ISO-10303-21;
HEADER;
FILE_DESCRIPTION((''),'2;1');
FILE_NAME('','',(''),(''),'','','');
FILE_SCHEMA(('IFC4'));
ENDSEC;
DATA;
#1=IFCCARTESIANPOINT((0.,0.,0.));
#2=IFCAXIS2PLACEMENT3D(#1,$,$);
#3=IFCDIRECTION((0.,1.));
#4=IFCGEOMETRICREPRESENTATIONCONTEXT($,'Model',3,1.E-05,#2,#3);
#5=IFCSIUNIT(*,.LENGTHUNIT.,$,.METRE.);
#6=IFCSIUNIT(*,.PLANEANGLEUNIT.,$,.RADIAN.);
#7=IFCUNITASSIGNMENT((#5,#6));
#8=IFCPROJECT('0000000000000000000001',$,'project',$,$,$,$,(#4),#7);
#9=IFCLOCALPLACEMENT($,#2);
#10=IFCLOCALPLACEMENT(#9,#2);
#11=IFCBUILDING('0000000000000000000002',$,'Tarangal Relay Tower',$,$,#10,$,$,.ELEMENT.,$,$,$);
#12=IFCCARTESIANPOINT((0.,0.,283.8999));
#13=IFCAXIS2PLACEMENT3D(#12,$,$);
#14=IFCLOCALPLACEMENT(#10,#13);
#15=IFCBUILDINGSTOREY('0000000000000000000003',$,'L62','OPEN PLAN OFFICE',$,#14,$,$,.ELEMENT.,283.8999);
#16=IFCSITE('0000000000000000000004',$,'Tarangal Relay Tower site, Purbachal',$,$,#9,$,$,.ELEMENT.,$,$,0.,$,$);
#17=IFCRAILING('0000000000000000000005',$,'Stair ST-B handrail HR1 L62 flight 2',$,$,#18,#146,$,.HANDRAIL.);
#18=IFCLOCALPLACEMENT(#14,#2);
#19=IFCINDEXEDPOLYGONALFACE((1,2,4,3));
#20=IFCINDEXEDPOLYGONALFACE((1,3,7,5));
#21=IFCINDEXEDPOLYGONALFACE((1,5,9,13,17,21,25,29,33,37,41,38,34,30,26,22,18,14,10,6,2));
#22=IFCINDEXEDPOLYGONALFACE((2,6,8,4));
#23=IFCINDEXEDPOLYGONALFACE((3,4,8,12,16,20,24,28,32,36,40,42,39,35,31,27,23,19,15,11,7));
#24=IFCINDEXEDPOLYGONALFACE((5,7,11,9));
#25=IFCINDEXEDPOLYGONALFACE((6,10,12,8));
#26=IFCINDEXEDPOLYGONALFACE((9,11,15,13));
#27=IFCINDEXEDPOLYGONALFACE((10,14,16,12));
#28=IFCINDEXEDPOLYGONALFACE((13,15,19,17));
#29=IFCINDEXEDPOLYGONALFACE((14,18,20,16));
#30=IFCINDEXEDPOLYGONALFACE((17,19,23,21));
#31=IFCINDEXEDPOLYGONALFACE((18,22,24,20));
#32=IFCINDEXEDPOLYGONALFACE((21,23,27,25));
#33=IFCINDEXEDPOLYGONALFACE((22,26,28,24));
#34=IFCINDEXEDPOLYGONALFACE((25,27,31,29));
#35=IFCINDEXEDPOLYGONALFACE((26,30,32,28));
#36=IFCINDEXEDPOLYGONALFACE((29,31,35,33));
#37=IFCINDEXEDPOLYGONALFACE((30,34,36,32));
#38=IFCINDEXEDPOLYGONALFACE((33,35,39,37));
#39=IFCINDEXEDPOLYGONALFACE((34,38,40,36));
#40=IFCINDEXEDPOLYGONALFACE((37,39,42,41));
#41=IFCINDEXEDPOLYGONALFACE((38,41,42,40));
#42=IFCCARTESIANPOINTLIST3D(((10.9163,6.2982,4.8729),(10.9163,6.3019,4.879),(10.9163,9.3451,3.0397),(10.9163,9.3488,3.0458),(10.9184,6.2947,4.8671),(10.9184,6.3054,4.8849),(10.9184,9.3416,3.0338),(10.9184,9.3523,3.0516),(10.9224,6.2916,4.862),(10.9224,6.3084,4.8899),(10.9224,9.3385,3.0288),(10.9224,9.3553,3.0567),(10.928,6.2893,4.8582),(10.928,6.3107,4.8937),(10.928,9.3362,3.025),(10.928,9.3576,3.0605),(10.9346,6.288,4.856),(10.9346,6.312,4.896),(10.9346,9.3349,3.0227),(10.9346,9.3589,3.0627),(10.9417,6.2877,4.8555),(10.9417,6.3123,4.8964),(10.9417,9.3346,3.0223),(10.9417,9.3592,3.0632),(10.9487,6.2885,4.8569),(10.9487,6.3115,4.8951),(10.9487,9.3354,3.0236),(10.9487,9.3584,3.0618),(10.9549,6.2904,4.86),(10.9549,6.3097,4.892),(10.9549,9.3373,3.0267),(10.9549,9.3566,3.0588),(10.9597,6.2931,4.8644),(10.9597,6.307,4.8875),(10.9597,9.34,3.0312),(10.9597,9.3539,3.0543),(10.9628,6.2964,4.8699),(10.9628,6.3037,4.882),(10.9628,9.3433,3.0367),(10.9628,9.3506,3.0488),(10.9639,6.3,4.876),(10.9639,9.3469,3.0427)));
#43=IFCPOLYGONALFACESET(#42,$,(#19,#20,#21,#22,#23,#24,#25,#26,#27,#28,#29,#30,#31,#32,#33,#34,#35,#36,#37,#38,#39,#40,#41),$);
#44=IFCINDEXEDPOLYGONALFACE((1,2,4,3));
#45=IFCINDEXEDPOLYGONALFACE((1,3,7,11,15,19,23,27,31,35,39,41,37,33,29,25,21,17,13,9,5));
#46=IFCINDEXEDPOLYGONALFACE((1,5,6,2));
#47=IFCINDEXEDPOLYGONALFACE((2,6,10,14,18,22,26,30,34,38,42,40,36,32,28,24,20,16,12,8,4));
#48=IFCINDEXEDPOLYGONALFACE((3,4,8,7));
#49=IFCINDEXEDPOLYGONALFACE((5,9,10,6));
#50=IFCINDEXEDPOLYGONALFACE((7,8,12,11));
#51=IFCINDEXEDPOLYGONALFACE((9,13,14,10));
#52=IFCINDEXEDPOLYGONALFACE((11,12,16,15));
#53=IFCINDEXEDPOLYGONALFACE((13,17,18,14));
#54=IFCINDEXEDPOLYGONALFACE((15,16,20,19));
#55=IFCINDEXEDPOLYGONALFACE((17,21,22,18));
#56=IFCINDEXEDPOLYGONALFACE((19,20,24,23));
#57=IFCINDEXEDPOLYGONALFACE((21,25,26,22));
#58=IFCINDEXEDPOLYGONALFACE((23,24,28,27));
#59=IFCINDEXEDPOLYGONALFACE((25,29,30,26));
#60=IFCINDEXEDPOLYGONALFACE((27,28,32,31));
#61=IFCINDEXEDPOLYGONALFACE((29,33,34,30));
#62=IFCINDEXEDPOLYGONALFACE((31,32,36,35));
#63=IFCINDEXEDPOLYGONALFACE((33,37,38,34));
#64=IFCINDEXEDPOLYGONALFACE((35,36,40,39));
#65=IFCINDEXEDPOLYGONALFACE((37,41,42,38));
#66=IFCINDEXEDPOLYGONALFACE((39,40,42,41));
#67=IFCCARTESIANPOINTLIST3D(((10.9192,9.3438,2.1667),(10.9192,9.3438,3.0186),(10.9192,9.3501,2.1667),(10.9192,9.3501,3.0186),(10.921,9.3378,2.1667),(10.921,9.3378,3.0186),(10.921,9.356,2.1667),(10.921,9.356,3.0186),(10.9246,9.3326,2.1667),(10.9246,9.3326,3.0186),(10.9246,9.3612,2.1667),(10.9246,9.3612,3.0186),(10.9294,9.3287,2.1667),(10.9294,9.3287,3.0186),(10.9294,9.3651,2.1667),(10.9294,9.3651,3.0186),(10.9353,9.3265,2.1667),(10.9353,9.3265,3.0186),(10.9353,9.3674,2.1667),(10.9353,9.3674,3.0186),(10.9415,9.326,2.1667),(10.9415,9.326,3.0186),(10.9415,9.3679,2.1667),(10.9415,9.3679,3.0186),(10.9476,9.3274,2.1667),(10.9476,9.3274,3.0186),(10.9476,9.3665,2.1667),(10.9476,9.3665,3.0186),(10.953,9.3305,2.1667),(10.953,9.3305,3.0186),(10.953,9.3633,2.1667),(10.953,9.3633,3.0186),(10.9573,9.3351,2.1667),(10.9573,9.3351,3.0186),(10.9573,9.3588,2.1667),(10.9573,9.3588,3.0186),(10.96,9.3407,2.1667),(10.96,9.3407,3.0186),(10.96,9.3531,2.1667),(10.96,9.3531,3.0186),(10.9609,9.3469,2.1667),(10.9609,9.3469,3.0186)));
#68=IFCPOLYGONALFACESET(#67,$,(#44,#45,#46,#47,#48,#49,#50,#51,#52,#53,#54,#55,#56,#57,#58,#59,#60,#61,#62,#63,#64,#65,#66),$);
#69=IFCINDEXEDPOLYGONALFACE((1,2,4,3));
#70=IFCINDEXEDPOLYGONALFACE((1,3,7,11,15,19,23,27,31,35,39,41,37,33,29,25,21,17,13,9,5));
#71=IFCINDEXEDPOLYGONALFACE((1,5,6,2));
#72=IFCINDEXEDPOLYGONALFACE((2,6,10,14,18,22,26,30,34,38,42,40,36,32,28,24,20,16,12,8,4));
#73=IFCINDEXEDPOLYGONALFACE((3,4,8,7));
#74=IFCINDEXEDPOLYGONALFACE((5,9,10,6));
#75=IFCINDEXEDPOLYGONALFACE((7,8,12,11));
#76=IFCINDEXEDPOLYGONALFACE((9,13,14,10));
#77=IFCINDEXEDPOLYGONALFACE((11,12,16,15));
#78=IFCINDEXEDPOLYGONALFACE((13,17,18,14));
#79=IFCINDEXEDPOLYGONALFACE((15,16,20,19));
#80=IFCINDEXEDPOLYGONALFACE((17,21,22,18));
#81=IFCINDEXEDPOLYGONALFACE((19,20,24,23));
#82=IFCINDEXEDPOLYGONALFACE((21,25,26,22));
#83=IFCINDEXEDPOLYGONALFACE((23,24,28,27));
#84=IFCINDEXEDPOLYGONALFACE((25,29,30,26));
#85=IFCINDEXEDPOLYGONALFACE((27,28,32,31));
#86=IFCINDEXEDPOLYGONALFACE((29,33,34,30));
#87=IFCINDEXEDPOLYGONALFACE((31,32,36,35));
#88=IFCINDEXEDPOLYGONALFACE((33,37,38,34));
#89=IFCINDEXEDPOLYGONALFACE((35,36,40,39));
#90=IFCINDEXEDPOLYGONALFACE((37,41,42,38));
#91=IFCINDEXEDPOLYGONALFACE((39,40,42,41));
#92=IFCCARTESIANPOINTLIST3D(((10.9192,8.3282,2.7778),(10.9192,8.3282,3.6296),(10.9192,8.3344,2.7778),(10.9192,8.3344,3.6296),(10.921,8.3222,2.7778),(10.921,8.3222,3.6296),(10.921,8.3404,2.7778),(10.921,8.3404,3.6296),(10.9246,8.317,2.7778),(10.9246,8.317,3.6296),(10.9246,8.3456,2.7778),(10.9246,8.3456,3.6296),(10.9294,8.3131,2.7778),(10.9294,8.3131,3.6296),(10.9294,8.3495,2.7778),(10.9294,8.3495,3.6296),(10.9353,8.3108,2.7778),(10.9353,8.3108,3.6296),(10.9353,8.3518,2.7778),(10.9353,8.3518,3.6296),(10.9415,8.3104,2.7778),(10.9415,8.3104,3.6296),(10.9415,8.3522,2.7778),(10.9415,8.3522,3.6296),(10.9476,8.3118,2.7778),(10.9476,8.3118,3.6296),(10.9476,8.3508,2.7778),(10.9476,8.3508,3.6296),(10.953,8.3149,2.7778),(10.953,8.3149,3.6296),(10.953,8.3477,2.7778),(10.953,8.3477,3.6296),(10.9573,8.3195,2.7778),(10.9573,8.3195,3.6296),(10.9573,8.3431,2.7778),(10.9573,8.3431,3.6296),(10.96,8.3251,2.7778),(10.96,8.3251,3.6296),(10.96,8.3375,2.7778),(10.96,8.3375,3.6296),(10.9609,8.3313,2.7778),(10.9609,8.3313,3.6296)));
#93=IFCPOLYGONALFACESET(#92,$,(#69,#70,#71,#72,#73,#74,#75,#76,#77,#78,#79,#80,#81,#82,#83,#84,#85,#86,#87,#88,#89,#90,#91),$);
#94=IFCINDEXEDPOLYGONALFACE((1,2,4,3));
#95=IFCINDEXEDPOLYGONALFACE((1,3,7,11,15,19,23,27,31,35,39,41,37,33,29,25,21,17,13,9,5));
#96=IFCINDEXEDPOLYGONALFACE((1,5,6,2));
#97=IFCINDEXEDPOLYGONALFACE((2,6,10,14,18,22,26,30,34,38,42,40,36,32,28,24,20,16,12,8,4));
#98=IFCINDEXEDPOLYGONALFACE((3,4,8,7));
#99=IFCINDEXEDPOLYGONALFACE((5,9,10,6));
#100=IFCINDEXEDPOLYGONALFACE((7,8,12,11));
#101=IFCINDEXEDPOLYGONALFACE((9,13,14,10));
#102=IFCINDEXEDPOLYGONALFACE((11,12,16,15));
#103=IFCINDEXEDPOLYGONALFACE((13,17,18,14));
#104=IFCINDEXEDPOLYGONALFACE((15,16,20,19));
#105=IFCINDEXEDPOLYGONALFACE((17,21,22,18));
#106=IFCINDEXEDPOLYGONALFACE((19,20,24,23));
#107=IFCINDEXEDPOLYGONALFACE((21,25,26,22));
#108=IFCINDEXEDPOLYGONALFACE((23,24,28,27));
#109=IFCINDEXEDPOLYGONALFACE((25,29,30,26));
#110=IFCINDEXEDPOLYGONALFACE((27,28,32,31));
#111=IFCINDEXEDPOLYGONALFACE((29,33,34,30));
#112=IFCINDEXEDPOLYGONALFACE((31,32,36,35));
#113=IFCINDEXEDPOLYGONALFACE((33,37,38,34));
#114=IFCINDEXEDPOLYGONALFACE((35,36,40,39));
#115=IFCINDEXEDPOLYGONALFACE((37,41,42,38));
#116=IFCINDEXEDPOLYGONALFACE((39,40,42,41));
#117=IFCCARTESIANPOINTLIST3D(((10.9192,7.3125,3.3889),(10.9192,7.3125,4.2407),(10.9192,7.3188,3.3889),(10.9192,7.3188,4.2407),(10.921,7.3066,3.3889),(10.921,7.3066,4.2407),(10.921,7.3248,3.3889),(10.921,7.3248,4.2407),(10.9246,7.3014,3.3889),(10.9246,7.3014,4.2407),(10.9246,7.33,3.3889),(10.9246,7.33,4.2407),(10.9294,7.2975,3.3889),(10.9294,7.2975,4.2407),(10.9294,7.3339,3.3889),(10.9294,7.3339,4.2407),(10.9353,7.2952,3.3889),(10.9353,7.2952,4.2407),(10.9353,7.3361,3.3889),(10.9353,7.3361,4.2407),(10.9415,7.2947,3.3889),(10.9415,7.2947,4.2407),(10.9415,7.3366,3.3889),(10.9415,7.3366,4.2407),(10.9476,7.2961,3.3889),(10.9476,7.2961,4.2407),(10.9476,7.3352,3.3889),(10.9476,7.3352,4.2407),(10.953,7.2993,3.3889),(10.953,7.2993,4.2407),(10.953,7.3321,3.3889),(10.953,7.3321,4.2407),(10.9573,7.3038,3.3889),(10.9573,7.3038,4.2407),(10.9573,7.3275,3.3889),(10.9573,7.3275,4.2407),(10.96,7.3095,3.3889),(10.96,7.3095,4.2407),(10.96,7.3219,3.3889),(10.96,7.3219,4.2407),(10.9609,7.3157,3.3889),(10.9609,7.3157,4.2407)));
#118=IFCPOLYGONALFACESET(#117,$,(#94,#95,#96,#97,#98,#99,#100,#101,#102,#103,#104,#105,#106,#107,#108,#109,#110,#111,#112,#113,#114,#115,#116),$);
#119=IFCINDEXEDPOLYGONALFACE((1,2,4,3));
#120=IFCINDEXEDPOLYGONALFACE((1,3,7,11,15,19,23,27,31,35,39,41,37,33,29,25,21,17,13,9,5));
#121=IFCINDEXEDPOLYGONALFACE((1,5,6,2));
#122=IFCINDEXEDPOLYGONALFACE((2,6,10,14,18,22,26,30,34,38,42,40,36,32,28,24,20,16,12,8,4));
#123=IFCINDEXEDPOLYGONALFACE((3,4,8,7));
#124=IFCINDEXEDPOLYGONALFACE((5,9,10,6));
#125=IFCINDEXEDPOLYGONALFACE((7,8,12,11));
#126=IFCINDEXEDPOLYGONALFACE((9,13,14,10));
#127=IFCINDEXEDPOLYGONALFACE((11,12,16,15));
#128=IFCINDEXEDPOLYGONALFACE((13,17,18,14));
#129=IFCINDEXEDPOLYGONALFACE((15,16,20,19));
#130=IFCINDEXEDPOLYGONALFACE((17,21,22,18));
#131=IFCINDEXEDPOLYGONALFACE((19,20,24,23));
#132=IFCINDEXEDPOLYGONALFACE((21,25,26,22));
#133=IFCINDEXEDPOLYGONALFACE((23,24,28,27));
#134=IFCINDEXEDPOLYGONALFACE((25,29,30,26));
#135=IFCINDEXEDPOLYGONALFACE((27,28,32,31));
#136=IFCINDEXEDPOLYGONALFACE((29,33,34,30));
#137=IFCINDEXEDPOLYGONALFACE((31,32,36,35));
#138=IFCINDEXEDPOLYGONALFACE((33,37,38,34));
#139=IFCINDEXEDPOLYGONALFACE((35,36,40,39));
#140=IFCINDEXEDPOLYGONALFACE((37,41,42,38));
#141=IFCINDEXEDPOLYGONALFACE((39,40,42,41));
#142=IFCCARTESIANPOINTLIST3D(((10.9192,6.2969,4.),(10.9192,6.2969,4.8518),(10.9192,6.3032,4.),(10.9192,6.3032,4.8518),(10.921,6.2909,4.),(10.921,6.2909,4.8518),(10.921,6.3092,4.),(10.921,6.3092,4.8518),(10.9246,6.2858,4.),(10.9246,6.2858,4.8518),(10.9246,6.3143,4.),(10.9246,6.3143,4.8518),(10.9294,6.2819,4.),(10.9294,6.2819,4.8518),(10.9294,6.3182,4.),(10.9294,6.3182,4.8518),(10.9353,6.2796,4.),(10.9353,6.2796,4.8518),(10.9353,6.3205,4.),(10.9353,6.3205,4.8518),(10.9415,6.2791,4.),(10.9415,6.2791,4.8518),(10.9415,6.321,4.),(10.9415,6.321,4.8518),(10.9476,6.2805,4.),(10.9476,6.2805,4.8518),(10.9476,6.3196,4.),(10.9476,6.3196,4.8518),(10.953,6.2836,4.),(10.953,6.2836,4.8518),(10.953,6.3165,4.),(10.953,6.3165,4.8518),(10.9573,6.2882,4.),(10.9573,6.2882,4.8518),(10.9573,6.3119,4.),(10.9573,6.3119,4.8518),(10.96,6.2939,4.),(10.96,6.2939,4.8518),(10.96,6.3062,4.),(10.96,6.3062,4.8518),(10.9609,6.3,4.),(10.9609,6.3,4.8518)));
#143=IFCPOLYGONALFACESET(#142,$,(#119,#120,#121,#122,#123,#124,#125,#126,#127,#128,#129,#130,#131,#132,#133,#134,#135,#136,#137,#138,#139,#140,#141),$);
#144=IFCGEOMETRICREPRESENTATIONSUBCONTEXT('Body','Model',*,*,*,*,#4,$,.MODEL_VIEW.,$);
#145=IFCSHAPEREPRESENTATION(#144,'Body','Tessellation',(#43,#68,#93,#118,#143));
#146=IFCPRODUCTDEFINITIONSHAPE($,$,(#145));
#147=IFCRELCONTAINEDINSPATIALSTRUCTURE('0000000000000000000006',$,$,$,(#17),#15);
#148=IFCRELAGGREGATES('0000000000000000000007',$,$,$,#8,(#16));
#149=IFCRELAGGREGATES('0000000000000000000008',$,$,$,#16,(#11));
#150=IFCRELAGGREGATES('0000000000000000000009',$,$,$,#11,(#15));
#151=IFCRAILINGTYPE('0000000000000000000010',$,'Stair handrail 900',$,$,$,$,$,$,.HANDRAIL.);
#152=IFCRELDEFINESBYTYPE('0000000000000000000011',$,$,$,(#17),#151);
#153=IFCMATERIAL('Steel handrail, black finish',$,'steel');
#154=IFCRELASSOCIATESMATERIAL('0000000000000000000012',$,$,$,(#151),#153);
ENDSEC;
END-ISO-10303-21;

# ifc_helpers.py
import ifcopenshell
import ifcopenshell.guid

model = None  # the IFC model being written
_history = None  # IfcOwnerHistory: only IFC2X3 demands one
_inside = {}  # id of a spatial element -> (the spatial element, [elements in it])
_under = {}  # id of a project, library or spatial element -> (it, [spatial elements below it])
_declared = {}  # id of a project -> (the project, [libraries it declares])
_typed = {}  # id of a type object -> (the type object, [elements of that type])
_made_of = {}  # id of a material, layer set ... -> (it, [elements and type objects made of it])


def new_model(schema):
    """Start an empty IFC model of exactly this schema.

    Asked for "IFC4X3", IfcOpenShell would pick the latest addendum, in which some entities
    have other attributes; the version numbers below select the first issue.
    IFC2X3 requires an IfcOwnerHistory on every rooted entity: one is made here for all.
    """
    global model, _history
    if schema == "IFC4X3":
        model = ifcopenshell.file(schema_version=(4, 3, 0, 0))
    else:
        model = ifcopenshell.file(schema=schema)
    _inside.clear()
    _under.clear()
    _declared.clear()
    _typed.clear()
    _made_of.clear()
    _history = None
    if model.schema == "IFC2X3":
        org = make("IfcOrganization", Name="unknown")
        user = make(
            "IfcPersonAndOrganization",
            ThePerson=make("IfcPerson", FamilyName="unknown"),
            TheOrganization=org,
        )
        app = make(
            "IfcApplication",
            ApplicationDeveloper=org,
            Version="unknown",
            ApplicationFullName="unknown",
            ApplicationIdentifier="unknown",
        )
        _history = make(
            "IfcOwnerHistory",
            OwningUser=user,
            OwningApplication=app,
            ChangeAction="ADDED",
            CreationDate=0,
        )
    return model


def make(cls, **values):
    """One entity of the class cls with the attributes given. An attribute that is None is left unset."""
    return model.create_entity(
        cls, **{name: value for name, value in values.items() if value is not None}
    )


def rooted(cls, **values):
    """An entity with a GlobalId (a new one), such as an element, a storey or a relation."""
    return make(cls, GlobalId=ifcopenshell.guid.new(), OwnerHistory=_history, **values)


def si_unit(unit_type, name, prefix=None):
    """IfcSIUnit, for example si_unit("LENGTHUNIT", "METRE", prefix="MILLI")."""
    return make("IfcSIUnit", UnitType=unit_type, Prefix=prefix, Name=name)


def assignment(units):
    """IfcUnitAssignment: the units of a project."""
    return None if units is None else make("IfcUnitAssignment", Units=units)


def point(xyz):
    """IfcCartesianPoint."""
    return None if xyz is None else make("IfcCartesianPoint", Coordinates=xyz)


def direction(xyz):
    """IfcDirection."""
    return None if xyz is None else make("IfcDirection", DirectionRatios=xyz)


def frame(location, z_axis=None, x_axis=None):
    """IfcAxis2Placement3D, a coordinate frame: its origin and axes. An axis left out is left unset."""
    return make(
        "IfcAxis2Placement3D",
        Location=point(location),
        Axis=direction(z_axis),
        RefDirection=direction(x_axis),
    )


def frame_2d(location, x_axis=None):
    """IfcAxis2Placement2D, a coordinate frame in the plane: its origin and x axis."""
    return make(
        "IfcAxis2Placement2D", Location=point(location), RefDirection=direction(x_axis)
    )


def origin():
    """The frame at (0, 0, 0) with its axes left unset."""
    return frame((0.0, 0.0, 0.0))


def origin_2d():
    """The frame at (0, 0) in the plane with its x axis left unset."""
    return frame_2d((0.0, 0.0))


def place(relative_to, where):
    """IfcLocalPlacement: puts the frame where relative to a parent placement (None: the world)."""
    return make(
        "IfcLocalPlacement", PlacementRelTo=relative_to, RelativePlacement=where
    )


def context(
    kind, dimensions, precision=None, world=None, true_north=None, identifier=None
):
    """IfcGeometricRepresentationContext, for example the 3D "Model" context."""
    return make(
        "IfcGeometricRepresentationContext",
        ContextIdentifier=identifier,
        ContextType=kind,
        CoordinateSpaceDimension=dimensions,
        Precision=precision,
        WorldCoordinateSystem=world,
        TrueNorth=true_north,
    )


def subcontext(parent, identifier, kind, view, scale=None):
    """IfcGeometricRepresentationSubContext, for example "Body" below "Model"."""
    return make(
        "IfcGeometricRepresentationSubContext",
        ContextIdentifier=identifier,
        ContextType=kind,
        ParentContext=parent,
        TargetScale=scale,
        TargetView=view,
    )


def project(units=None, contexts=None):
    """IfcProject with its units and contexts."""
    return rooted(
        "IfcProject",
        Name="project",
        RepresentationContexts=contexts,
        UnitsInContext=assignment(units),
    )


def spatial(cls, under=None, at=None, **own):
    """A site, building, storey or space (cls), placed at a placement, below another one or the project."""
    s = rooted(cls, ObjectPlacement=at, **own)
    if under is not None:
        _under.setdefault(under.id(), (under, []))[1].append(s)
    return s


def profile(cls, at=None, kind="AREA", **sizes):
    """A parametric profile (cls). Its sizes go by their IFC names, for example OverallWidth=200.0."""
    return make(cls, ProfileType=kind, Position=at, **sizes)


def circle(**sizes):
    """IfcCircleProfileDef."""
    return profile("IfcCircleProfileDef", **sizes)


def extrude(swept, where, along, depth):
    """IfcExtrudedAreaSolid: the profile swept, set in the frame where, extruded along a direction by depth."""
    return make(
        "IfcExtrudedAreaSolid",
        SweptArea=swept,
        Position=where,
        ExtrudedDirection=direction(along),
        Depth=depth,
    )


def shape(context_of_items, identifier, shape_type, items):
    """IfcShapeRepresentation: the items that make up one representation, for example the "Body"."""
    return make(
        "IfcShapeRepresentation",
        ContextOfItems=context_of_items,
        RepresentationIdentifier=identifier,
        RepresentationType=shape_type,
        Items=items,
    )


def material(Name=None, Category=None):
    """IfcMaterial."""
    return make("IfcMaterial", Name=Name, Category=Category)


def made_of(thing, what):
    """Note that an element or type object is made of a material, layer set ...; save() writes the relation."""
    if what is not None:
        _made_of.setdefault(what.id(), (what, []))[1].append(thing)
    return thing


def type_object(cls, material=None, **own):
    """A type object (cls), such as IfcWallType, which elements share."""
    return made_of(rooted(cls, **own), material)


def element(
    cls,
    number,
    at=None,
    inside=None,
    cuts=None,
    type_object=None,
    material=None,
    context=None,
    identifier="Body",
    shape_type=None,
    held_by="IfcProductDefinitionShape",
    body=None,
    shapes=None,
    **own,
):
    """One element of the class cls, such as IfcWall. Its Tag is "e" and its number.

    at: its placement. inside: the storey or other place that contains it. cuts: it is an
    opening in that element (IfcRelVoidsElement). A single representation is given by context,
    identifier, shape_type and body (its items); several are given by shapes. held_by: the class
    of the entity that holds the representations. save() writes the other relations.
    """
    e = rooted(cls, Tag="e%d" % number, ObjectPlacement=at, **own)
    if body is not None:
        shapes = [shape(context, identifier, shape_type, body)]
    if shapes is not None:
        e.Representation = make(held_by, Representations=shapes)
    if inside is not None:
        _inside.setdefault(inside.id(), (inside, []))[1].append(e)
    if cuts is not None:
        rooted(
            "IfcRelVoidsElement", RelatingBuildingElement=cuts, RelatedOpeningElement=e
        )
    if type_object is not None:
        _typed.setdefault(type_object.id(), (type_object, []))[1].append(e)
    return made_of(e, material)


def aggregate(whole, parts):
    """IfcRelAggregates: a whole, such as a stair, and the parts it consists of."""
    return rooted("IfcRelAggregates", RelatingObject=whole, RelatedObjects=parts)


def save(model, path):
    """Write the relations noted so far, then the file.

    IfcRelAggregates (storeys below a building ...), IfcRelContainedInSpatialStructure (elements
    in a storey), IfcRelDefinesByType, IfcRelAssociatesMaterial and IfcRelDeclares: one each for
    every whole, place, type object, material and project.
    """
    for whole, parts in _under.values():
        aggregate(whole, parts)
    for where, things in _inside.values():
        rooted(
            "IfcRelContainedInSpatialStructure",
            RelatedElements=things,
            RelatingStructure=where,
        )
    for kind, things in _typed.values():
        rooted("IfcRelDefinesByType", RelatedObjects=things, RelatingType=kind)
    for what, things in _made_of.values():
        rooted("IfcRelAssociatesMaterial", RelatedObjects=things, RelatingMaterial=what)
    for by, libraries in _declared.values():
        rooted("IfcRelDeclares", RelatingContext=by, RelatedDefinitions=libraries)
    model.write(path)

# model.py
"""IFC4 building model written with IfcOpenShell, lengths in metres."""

from ifc_helpers import new_model, si_unit, direction, frame, origin, origin_2d, place, context, subcontext, project, spatial, circle, extrude, material, type_object, element, save


model = new_model("IFC4")

# Units and contexts
model_context = context("Model", 3, precision=1e-05, world=origin(), true_north=direction((0.0, 1.0)))
body_context = subcontext(model_context, "Body", "Model", "MODEL_VIEW")
ifc_project = project(units=[si_unit("LENGTHUNIT", "METRE"), si_unit("PLANEANGLEUNIT", "RADIAN")], contexts=[model_context])

# Site, building, storey
site_placement = place(None, origin())
site = spatial("IfcSite", under=ifc_project, at=site_placement, Name="Tarangal Relay Tower site, Purbachal", CompositionType="ELEMENT", RefElevation=0.0)
building_placement = place(site_placement, origin())
building = spatial("IfcBuilding", under=site, at=building_placement, Name="Tarangal Relay Tower", CompositionType="ELEMENT")
storey_placement = place(building_placement, frame((0.0, 0.0, 283.8999)))
storey = spatial("IfcBuildingStorey", under=building, at=storey_placement, Name="L62", Description="OPEN PLAN OFFICE", CompositionType="ELEMENT", Elevation=283.8999)

# Railing
ifc_material_1 = material(Name="Steel handrail, black finish", Category="steel")
railing_type = type_object("IfcRailingType", Name="Stair handrail 900", PredefinedType="HANDRAIL", material=ifc_material_1)
railing_placement = place(storey_placement, frame((10.9399, 9.3469, 2.1667)))
element("IfcRailing", 1, at=railing_placement, inside=storey, type_object=railing_type, Name="Stair ST-B handrail HR1 L62 flight 2", PredefinedType="HANDRAIL", context=body_context, shape_type="SweptSolid", body=[
    extrude(circle(Radius=0.0239, at=origin_2d()), frame((0.0, 0.0, 0.876), z_axis=(0.0, -0.856856, 0.515556), x_axis=(1.0, 0.0, 0.0)), (0.0, 0.0, 1.0), 3.5559),
    extrude(circle(Radius=0.021, at=origin_2d()), origin(), (0.0, 0.0, 1.0), 0.8518),
    extrude(circle(Radius=0.021, at=origin_2d()), frame((0.0, -1.0156, 0.6111)), (0.0, 0.0, 1.0), 0.8518),
    extrude(circle(Radius=0.021, at=origin_2d()), frame((0.0, -2.0312, 1.2222)), (0.0, 0.0, 1.0), 0.8518),
    extrude(circle(Radius=0.021, at=origin_2d()), frame((0.0, -3.0469, 1.8333)), (0.0, 0.0, 1.0), 0.8518),
])

save(model, "model.ifc")
